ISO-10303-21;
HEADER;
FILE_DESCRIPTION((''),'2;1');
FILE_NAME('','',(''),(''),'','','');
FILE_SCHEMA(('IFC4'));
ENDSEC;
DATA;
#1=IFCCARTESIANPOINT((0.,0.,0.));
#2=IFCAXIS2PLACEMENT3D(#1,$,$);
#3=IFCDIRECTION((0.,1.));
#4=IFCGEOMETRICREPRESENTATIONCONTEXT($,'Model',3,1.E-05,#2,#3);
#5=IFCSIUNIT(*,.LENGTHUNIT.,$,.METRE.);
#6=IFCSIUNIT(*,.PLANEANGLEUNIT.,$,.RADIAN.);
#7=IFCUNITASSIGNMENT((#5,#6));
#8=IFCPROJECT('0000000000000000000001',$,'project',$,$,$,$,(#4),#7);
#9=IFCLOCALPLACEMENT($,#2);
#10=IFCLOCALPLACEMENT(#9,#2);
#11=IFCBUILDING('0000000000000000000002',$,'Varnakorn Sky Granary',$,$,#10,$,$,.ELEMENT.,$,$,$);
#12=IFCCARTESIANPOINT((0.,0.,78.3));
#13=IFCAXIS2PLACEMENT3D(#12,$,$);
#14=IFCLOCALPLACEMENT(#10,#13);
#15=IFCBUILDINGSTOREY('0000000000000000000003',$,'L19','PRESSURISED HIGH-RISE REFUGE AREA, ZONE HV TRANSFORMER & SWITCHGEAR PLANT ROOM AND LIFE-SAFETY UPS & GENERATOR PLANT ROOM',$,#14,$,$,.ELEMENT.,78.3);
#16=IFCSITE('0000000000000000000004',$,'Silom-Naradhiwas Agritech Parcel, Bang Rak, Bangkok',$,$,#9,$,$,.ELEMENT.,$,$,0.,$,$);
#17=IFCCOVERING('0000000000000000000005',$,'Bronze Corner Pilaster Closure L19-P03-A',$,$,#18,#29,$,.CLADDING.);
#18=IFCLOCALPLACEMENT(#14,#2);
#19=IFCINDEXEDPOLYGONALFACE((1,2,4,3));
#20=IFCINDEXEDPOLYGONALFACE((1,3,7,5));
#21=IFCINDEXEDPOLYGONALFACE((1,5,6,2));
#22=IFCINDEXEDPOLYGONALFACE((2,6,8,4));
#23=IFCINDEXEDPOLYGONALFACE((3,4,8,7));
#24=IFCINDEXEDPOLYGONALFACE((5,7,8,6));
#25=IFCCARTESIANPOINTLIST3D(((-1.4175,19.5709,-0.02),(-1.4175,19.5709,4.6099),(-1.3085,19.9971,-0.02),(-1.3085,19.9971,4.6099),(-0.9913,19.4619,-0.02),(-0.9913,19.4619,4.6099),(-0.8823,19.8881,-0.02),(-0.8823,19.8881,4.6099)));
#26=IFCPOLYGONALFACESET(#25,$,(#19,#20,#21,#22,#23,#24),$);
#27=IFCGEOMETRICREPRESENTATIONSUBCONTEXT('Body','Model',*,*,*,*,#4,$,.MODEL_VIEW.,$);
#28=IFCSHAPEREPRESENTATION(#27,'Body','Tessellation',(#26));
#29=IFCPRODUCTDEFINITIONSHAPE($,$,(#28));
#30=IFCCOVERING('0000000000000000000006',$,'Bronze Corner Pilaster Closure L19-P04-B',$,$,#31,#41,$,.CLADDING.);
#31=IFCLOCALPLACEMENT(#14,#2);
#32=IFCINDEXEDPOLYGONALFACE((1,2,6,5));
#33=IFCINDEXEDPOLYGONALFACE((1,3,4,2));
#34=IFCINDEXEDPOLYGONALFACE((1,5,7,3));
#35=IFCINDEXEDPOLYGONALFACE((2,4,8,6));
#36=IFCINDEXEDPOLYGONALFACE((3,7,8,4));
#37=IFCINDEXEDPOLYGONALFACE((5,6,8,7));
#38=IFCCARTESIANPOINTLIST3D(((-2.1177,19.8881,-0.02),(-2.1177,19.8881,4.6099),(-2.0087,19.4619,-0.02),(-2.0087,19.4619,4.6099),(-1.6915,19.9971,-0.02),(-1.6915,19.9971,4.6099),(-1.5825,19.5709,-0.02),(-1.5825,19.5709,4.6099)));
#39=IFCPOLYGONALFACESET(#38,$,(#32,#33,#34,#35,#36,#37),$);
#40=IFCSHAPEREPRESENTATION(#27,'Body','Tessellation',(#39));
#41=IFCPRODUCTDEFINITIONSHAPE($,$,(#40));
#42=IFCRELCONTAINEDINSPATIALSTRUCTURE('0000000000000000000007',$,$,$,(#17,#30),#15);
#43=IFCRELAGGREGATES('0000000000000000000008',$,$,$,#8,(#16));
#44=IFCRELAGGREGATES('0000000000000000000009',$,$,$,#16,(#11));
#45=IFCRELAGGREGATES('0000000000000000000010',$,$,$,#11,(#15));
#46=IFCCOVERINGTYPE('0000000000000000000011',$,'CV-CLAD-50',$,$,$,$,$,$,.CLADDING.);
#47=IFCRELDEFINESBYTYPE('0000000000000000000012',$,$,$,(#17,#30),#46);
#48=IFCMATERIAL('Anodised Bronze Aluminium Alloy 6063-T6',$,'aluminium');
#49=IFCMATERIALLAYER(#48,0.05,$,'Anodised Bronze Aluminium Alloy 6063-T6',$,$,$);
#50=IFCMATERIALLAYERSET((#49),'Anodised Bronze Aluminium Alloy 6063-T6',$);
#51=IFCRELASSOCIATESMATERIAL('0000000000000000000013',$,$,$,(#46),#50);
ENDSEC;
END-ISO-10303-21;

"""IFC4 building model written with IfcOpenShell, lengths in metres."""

from ifc_helpers import new_model, si_unit, direction, frame, origin, origin_2d, place, context, subcontext, project, spatial, rectangle, extrude, source, transform, mapped, material, layer, layer_set, type_object, type_shapes, element, save


model = new_model("IFC4")

# Units and contexts
model_context = context("Model", 3, precision=1e-05, world=origin(), true_north=direction((0.0, 1.0)))
body_context = subcontext(model_context, "Body", "Model", "MODEL_VIEW")
ifc_project = project(units=[si_unit("LENGTHUNIT", "METRE"), si_unit("PLANEANGLEUNIT", "RADIAN")], contexts=[model_context])

# Site, building, storey
site_placement = place(None, origin())
site = spatial("IfcSite", under=ifc_project, at=site_placement, Name="Silom-Naradhiwas Agritech Parcel, Bang Rak, Bangkok", CompositionType="ELEMENT", RefElevation=0.0)
building_placement = place(site_placement, origin())
building = spatial("IfcBuilding", under=site, at=building_placement, Name="Varnakorn Sky Granary", CompositionType="ELEMENT")
storey_placement = place(building_placement, frame((0.0, 0.0, 78.3)))
storey = spatial("IfcBuildingStorey", under=building, at=storey_placement, Name="L19", Description="PRESSURISED HIGH-RISE REFUGE AREA, ZONE HV TRANSFORMER & SWITCHGEAR PLANT ROOM AND LIFE-SAFETY UPS & GENERATOR PLANT ROOM", CompositionType="ELEMENT", Elevation=78.3)

# Coverings
ifc_material_1 = material(Name="Anodised Bronze Aluminium Alloy 6063-T6", Category="aluminium")
ifc_layer_1 = layer(ifc_material_1, 0.05, Name="Anodised Bronze Aluminium Alloy 6063-T6")
ifc_layer_set_1 = layer_set([ifc_layer_1], Name="Anodised Bronze Aluminium Alloy 6063-T6")
covering_type = type_object("IfcCoveringType", Name="CV-CLAD-50", PredefinedType="CLADDING", material=ifc_layer_set_1)
shared_shape = source(origin(), body_context, "Body", "SweptSolid", [
    extrude(rectangle(XDim=0.4399, YDim=0.4399, at=origin_2d()), origin(), (0.0, 0.0, 1.0), 4.6299),
])
type_shapes(covering_type, [shared_shape])
for number, where, z_axis, x_axis, name in (
    (1, (-1.1499, 19.7295, -0.02), (0.0, 0.0, 1.0), (0.9688, -0.247845, 0.0), "Bronze Corner Pilaster Closure L19-P03-A"),
    (2, (-1.8501, 19.7295, -0.02), (0.0, 0.0, 1.0), (0.9688, 0.247845, 0.0), "Bronze Corner Pilaster Closure L19-P04-B"),
):
    element("IfcCovering", number, at=place(storey_placement, frame(where, z_axis=z_axis, x_axis=x_axis)), inside=storey, type_object=covering_type, Name=name, PredefinedType="CLADDING", context=body_context, shape_type="MappedRepresentation", body=[
        mapped(shared_shape, transform((0.0, 0.0, 0.0), x_axis=(1.0, 0.0, 0.0), y_axis=(0.0, 1.0, 0.0), z_axis=(0.0, 0.0, 1.0), scale=1.0)),
    ])

save(model, "model.ifc")
